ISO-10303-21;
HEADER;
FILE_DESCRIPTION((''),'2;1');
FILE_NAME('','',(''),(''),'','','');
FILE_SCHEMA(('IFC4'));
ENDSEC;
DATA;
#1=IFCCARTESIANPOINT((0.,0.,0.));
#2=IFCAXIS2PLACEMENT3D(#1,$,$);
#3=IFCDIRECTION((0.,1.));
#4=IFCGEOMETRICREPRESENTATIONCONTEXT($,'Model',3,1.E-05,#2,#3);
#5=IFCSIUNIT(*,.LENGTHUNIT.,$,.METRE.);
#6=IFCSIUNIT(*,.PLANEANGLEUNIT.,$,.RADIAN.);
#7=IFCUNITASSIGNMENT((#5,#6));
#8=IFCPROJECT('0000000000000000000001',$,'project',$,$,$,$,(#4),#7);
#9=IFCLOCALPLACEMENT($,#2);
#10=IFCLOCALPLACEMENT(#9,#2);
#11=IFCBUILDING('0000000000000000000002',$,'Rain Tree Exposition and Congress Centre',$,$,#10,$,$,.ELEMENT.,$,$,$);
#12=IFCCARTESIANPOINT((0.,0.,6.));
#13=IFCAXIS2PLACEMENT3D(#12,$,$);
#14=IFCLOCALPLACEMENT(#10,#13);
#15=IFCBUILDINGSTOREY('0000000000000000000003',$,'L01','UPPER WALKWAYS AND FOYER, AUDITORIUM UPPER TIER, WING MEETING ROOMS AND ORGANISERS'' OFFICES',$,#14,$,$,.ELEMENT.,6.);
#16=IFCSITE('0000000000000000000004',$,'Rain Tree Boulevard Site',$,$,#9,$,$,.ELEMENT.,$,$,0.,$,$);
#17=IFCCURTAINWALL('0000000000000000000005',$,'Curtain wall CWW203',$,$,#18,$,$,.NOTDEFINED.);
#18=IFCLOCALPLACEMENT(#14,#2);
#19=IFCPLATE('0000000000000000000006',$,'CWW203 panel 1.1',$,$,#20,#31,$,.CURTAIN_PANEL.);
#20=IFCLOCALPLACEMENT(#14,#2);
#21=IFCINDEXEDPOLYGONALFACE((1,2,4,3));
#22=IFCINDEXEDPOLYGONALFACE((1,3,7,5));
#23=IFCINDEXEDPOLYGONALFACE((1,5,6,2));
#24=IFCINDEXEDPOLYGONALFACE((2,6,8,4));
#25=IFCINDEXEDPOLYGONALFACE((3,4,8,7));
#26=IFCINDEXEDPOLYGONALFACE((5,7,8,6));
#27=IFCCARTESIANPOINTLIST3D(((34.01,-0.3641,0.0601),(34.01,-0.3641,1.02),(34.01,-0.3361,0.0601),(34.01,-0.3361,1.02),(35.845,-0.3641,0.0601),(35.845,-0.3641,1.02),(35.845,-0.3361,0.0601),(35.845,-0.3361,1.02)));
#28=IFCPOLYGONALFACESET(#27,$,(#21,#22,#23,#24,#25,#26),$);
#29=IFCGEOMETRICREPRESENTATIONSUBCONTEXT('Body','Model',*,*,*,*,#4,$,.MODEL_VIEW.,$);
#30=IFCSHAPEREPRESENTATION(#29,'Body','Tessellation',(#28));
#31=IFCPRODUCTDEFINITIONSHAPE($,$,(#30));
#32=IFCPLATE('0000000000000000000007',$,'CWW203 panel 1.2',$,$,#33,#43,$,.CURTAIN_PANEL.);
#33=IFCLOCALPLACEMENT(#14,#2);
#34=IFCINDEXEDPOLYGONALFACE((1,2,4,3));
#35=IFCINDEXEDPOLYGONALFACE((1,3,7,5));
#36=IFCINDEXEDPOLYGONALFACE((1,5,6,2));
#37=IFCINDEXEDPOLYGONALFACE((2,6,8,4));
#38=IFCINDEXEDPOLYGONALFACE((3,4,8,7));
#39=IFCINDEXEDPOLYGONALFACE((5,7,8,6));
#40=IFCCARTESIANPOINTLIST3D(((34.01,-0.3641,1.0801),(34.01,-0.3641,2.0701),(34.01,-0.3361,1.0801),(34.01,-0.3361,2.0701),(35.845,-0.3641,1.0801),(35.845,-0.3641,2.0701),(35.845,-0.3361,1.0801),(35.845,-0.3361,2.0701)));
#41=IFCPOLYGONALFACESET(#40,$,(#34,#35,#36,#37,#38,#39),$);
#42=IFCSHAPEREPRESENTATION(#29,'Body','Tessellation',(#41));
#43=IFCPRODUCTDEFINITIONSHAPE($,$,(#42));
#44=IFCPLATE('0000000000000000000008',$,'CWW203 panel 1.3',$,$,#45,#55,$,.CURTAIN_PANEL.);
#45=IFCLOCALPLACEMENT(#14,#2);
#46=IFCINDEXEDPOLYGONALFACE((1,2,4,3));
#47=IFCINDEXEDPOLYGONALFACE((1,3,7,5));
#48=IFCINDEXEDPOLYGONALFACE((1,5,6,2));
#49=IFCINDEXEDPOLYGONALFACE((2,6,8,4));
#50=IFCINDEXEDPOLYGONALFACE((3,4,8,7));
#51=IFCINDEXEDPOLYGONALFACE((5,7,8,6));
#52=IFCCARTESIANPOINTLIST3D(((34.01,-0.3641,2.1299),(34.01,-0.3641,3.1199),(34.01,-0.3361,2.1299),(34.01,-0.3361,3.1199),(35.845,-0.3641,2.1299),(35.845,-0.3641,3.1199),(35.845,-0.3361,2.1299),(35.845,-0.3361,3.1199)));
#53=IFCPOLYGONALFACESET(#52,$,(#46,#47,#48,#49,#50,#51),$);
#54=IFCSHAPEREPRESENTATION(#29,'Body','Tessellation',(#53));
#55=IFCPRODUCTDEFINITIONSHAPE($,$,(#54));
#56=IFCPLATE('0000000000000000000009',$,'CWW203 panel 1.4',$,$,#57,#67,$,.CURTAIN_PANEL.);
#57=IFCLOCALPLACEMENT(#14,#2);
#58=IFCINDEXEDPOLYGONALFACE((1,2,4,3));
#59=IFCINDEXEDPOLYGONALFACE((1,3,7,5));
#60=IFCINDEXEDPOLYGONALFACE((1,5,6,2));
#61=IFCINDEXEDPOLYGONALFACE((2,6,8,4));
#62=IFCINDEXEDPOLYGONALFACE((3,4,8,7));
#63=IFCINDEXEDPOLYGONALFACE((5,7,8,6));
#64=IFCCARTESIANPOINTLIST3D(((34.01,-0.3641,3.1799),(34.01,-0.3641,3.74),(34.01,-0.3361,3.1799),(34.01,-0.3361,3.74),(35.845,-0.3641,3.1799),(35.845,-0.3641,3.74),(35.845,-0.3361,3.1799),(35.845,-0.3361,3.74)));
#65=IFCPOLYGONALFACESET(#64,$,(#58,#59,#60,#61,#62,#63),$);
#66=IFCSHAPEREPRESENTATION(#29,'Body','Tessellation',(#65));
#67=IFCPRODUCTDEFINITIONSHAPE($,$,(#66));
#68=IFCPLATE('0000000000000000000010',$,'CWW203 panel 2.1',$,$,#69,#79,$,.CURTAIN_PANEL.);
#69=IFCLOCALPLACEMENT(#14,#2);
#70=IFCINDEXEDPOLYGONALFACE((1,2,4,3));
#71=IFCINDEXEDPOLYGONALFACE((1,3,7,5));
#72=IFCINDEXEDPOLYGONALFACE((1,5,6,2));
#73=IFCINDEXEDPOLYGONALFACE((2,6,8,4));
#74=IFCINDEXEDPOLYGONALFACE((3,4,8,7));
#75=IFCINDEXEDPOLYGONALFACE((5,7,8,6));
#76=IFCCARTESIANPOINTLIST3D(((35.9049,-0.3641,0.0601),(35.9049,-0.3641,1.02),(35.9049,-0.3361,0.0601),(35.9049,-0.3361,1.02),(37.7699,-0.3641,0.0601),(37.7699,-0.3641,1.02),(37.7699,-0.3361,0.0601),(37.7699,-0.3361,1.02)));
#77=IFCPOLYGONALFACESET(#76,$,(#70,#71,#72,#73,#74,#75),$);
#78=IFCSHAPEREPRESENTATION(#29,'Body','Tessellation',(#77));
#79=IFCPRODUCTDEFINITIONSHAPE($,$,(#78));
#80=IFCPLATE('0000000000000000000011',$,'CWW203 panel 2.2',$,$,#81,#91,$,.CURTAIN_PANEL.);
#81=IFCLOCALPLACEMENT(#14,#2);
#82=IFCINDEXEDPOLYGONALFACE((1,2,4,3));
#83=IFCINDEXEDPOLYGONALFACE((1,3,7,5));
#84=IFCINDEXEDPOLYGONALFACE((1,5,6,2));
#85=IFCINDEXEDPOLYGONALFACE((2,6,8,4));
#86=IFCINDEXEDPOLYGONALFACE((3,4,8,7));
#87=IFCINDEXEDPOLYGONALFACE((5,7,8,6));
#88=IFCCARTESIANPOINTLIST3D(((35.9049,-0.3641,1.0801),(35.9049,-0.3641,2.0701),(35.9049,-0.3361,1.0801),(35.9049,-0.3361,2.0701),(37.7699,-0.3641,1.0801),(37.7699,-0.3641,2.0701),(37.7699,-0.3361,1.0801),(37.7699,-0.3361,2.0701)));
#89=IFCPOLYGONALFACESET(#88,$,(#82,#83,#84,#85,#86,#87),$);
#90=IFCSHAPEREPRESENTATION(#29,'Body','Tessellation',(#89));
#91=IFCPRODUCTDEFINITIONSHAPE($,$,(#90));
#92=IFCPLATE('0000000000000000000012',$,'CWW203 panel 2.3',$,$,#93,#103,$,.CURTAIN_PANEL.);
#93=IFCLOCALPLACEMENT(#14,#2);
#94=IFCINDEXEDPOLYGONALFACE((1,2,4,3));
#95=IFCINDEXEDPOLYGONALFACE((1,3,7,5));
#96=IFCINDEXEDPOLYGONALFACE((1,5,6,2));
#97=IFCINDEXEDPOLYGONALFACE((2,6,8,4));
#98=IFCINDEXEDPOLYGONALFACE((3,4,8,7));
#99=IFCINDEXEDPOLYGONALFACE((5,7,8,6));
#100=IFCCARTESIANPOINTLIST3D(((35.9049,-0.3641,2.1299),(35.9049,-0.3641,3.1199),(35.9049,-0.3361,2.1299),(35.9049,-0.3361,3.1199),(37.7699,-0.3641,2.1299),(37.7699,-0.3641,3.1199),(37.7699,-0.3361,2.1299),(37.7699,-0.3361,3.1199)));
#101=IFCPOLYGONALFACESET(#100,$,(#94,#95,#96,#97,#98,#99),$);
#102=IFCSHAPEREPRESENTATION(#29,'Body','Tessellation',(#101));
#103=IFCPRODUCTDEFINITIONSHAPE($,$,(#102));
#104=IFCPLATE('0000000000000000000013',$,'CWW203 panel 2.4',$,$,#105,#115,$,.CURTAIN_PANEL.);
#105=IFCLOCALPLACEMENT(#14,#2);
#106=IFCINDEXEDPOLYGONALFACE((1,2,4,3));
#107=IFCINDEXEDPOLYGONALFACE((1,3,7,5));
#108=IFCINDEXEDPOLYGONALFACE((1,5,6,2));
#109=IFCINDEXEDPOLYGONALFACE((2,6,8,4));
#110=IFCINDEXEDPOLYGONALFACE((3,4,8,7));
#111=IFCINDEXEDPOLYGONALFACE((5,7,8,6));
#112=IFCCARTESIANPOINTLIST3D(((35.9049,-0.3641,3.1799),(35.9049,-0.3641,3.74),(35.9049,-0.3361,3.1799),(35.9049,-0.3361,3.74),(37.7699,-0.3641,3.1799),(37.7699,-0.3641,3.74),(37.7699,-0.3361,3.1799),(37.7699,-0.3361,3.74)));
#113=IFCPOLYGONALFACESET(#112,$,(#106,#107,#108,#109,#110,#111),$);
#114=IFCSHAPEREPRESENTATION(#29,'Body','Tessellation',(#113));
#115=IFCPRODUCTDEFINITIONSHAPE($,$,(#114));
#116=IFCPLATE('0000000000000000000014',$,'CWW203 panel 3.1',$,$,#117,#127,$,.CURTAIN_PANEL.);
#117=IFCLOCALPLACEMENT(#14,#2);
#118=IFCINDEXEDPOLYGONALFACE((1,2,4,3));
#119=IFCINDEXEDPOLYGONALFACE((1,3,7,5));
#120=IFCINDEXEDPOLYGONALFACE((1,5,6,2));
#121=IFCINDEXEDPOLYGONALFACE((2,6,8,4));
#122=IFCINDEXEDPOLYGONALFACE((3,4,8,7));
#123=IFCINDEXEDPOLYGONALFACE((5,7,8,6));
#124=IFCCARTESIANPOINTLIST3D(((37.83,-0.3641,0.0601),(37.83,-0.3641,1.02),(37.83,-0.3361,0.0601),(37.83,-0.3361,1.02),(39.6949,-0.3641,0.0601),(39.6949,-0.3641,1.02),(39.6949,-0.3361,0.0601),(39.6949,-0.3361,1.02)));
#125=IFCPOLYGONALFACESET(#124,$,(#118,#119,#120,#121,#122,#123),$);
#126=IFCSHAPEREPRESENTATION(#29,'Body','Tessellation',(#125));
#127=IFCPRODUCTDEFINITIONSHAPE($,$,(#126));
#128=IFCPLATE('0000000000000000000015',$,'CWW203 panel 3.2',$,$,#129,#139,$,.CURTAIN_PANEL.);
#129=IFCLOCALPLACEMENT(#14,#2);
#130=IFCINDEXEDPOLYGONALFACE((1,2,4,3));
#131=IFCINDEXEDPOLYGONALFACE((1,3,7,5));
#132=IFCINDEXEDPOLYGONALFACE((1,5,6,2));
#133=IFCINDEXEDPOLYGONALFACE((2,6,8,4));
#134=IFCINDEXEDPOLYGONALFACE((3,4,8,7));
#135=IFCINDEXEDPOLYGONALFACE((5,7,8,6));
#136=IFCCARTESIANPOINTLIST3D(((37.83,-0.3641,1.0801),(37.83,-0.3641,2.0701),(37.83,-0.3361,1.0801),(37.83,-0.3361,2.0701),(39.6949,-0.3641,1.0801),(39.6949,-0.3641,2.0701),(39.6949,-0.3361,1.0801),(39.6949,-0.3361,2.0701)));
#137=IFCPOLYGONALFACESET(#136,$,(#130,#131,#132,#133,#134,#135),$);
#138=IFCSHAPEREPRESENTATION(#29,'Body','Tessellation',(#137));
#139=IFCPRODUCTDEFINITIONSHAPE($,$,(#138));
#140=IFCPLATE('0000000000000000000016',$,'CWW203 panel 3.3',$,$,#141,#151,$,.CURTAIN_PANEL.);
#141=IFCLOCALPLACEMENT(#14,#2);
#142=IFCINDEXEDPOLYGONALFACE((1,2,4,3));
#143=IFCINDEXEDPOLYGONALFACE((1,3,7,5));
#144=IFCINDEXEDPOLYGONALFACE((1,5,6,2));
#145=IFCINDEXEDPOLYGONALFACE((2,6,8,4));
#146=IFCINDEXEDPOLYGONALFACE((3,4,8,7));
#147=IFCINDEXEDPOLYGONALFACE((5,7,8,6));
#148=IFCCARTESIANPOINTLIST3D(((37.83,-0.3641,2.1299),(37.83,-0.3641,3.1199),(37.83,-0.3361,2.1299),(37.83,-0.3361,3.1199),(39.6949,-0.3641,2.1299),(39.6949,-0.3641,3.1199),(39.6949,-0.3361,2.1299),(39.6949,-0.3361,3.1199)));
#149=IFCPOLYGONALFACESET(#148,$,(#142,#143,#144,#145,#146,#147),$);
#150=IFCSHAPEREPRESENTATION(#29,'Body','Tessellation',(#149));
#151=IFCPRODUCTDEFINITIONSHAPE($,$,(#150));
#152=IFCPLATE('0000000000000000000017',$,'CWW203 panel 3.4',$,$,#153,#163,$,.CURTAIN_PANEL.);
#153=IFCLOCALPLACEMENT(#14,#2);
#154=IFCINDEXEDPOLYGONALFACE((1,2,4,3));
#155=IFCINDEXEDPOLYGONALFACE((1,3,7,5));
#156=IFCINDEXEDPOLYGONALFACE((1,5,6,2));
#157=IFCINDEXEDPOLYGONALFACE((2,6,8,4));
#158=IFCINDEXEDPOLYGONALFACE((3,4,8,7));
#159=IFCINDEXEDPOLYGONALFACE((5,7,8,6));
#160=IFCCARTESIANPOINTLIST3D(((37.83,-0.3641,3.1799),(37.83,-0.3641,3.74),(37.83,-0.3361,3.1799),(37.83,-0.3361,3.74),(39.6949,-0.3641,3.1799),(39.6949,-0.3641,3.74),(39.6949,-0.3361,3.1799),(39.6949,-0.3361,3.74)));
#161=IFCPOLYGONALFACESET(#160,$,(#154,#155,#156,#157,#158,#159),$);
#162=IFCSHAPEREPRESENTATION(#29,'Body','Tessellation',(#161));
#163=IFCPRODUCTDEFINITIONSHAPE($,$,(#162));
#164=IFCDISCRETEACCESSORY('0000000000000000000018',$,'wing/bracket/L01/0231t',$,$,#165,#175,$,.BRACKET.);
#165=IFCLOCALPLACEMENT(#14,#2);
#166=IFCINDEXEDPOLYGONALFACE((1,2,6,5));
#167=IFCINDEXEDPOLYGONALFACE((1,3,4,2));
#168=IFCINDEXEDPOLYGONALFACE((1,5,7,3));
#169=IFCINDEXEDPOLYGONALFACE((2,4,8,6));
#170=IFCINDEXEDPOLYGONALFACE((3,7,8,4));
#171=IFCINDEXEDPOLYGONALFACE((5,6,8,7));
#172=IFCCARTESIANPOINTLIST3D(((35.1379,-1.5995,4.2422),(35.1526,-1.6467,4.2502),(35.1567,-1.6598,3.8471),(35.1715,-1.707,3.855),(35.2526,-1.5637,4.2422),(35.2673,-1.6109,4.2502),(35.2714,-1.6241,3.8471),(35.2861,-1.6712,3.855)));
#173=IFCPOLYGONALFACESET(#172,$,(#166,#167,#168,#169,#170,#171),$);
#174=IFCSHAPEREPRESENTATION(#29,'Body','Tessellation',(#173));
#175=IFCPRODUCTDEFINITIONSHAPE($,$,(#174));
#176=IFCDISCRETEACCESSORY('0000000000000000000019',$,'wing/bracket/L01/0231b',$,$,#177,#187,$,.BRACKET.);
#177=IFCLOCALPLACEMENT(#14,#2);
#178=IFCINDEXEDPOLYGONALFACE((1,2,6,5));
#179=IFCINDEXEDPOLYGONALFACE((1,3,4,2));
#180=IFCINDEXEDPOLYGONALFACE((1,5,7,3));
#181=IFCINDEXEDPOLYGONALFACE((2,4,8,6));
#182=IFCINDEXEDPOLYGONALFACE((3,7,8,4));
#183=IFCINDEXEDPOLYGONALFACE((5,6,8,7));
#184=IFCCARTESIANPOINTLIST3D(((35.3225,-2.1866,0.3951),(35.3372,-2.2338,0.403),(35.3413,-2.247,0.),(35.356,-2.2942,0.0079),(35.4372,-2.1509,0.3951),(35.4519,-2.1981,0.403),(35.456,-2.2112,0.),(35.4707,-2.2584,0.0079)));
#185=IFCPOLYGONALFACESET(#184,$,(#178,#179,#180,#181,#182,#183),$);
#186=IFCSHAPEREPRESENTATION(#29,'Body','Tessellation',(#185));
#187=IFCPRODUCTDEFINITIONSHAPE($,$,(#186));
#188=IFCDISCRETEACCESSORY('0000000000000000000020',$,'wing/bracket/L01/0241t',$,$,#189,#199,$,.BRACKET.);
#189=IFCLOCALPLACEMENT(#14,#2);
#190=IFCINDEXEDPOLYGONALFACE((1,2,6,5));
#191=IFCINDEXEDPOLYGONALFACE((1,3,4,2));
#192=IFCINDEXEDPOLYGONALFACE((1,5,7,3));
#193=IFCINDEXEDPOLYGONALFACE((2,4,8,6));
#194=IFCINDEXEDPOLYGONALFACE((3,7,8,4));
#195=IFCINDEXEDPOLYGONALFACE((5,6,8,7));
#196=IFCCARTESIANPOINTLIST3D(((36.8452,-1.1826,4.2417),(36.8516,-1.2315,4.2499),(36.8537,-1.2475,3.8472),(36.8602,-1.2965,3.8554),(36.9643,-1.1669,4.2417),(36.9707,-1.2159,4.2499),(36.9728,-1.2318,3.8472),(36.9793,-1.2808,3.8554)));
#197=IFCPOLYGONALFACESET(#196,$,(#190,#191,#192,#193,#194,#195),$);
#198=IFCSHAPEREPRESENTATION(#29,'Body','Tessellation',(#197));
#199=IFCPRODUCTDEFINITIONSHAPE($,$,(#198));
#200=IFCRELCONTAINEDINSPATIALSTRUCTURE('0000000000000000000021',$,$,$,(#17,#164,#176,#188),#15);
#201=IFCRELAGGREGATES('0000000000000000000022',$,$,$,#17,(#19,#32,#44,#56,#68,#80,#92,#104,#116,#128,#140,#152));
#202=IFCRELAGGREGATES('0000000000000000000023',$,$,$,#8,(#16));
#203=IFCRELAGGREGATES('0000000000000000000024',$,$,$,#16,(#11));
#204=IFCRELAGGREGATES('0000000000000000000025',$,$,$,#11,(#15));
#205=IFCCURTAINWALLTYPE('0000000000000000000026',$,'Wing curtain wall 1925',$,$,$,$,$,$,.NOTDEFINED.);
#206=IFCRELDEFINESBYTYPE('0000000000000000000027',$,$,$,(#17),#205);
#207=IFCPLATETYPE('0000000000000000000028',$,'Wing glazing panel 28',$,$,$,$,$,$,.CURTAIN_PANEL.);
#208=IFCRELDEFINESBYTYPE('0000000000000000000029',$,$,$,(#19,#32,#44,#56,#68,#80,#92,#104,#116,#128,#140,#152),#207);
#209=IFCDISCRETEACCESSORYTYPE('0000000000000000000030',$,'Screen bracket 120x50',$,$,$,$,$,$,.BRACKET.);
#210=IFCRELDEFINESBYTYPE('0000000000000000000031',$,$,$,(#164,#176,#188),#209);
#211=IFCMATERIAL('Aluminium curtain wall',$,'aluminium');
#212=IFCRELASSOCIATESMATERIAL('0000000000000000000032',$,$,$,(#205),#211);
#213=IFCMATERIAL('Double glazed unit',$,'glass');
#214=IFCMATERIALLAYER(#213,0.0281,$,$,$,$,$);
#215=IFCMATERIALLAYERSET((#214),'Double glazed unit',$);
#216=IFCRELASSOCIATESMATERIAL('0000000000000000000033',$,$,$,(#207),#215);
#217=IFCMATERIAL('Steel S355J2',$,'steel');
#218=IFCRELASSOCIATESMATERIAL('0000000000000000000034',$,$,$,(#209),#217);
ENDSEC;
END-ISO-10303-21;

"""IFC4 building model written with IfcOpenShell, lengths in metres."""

from ifc_helpers import new_model, si_unit, direction, frame, origin, origin_2d, place, context, subcontext, project, spatial, rectangle, extrude, material, layer, layer_set, material_profile, profile_set, type_object, element, aggregate, save


model = new_model("IFC4")

# Units and contexts
model_context = context("Model", 3, precision=1e-05, world=origin(), true_north=direction((0.0, 1.0)))
body_context = subcontext(model_context, "Body", "Model", "MODEL_VIEW")
ifc_project = project(units=[si_unit("LENGTHUNIT", "METRE"), si_unit("PLANEANGLEUNIT", "RADIAN")], contexts=[model_context])

# Site, building, storey
site_placement = place(None, origin())
site = spatial("IfcSite", under=ifc_project, at=site_placement, Name="Rain Tree Boulevard Site", CompositionType="ELEMENT", RefElevation=0.0)
building_placement = place(site_placement, origin())
building = spatial("IfcBuilding", under=site, at=building_placement, Name="Rain Tree Exposition and Congress Centre", CompositionType="ELEMENT")
storey_placement = place(building_placement, frame((0.0, 0.0, 6.0)))
storey = spatial("IfcBuildingStorey", under=building, at=storey_placement, Name="L01", Description="UPPER WALKWAYS AND FOYER, AUDITORIUM UPPER TIER, WING MEETING ROOMS AND ORGANISERS' OFFICES", CompositionType="ELEMENT", Elevation=6.0)

# Curtain wall, plates
ifc_material_1 = material(Name="Aluminium curtain wall", Category="aluminium")
curtain_wall_type = type_object("IfcCurtainWallType", Name="Wing curtain wall 1925", PredefinedType="NOTDEFINED", material=ifc_material_1)
curtain_wall_placement = place(storey_placement, origin())
curtain_wall = element("IfcCurtainWall", 1, at=curtain_wall_placement, inside=storey, type_object=curtain_wall_type, Name="Curtain wall CWW203", PredefinedType="NOTDEFINED")
ifc_material_2 = material(Name="Double glazed unit", Category="glass")
ifc_layer_1 = layer(ifc_material_2, 0.0281)
ifc_layer_set_1 = layer_set([ifc_layer_1], Name="Double glazed unit")
plate_type = type_object("IfcPlateType", Name="Wing glazing panel 28", PredefinedType="CURTAIN_PANEL", material=ifc_layer_set_1)
plate_1_placement = place(storey_placement, frame((34.9275, -0.3501, 0.0601), z_axis=(0.0, 0.0, 1.0), x_axis=(1.0, 0.0, 0.0)))
plate_1 = element("IfcPlate", 2, at=plate_1_placement, type_object=plate_type, Name="CWW203 panel 1.1", PredefinedType="CURTAIN_PANEL", context=body_context, shape_type="SweptSolid", body=[
    extrude(rectangle(XDim=1.835, YDim=0.0281, at=origin_2d()), origin(), (0.0, 0.0, 1.0), 0.96),
])
plate_2_placement = place(storey_placement, frame((34.9275, -0.3501, 1.0801), z_axis=(0.0, 0.0, 1.0), x_axis=(1.0, 0.0, 0.0)))
plate_2 = element("IfcPlate", 3, at=plate_2_placement, type_object=plate_type, Name="CWW203 panel 1.2", PredefinedType="CURTAIN_PANEL", context=body_context, shape_type="SweptSolid", body=[
    extrude(rectangle(XDim=1.835, YDim=0.0281, at=origin_2d()), origin(), (0.0, 0.0, 1.0), 0.99),
])
plate_3_placement = place(storey_placement, frame((34.9275, -0.3501, 2.1299), z_axis=(0.0, 0.0, 1.0), x_axis=(1.0, 0.0, 0.0)))
plate_3 = element("IfcPlate", 4, at=plate_3_placement, type_object=plate_type, Name="CWW203 panel 1.3", PredefinedType="CURTAIN_PANEL", context=body_context, shape_type="SweptSolid", body=[
    extrude(rectangle(XDim=1.835, YDim=0.0281, at=origin_2d()), origin(), (0.0, 0.0, 1.0), 0.99),
])
plate_4_placement = place(storey_placement, frame((34.9275, -0.3501, 3.1799), z_axis=(0.0, 0.0, 1.0), x_axis=(1.0, 0.0, 0.0)))
plate_4 = element("IfcPlate", 5, at=plate_4_placement, type_object=plate_type, Name="CWW203 panel 1.4", PredefinedType="CURTAIN_PANEL", context=body_context, shape_type="SweptSolid", body=[
    extrude(rectangle(XDim=1.835, YDim=0.0281, at=origin_2d()), origin(), (0.0, 0.0, 1.0), 0.5601),
])
plate_5_placement = place(storey_placement, frame((36.8374, -0.3501, 0.0601), z_axis=(0.0, 0.0, 1.0), x_axis=(1.0, 0.0, 0.0)))
plate_5 = element("IfcPlate", 6, at=plate_5_placement, type_object=plate_type, Name="CWW203 panel 2.1", PredefinedType="CURTAIN_PANEL", context=body_context, shape_type="SweptSolid", body=[
    extrude(rectangle(XDim=1.865, YDim=0.0281, at=origin_2d()), origin(), (0.0, 0.0, 1.0), 0.96),
])
plate_6_placement = place(storey_placement, frame((36.8374, -0.3501, 1.0801), z_axis=(0.0, 0.0, 1.0), x_axis=(1.0, 0.0, 0.0)))
plate_6 = element("IfcPlate", 7, at=plate_6_placement, type_object=plate_type, Name="CWW203 panel 2.2", PredefinedType="CURTAIN_PANEL", context=body_context, shape_type="SweptSolid", body=[
    extrude(rectangle(XDim=1.865, YDim=0.0281, at=origin_2d()), origin(), (0.0, 0.0, 1.0), 0.99),
])
plate_7_placement = place(storey_placement, frame((36.8374, -0.3501, 2.1299), z_axis=(0.0, 0.0, 1.0), x_axis=(1.0, 0.0, 0.0)))
plate_7 = element("IfcPlate", 8, at=plate_7_placement, type_object=plate_type, Name="CWW203 panel 2.3", PredefinedType="CURTAIN_PANEL", context=body_context, shape_type="SweptSolid", body=[
    extrude(rectangle(XDim=1.865, YDim=0.0281, at=origin_2d()), origin(), (0.0, 0.0, 1.0), 0.99),
])
plate_8_placement = place(storey_placement, frame((36.8374, -0.3501, 3.1799), z_axis=(0.0, 0.0, 1.0), x_axis=(1.0, 0.0, 0.0)))
plate_8 = element("IfcPlate", 9, at=plate_8_placement, type_object=plate_type, Name="CWW203 panel 2.4", PredefinedType="CURTAIN_PANEL", context=body_context, shape_type="SweptSolid", body=[
    extrude(rectangle(XDim=1.865, YDim=0.0281, at=origin_2d()), origin(), (0.0, 0.0, 1.0), 0.5601),
])
plate_9_placement = place(storey_placement, frame((38.7625, -0.3501, 0.0601), z_axis=(0.0, 0.0, 1.0), x_axis=(1.0, 0.0, 0.0)))
plate_9 = element("IfcPlate", 10, at=plate_9_placement, type_object=plate_type, Name="CWW203 panel 3.1", PredefinedType="CURTAIN_PANEL", context=body_context, shape_type="SweptSolid", body=[
    extrude(rectangle(XDim=1.865, YDim=0.0281, at=origin_2d()), origin(), (0.0, 0.0, 1.0), 0.96),
])
plate_10_placement = place(storey_placement, frame((38.7625, -0.3501, 1.0801), z_axis=(0.0, 0.0, 1.0), x_axis=(1.0, 0.0, 0.0)))
plate_10 = element("IfcPlate", 11, at=plate_10_placement, type_object=plate_type, Name="CWW203 panel 3.2", PredefinedType="CURTAIN_PANEL", context=body_context, shape_type="SweptSolid", body=[
    extrude(rectangle(XDim=1.865, YDim=0.0281, at=origin_2d()), origin(), (0.0, 0.0, 1.0), 0.99),
])
plate_11_placement = place(storey_placement, frame((38.7625, -0.3501, 2.1299), z_axis=(0.0, 0.0, 1.0), x_axis=(1.0, 0.0, 0.0)))
plate_11 = element("IfcPlate", 12, at=plate_11_placement, type_object=plate_type, Name="CWW203 panel 3.3", PredefinedType="CURTAIN_PANEL", context=body_context, shape_type="SweptSolid", body=[
    extrude(rectangle(XDim=1.865, YDim=0.0281, at=origin_2d()), origin(), (0.0, 0.0, 1.0), 0.99),
])
plate_12_placement = place(storey_placement, frame((38.7625, -0.3501, 3.1799), z_axis=(0.0, 0.0, 1.0), x_axis=(1.0, 0.0, 0.0)))
plate_12 = element("IfcPlate", 13, at=plate_12_placement, type_object=plate_type, Name="CWW203 panel 3.4", PredefinedType="CURTAIN_PANEL", context=body_context, shape_type="SweptSolid", body=[
    extrude(rectangle(XDim=1.865, YDim=0.0281, at=origin_2d()), origin(), (0.0, 0.0, 1.0), 0.5601),
])
aggregate(curtain_wall, [plate_1, plate_2, plate_3, plate_4, plate_5, plate_6, plate_7, plate_8, plate_9, plate_10, plate_11, plate_12])

# Discrete accessories
ifc_material_3 = material(Name="Steel S355J2", Category="steel")
ifc_material_profile_1 = material_profile(ifc_material_3, rectangle(XDim=0.1201, YDim=0.05, at=origin_2d()), Name="Flat bar 120x50")
ifc_profile_set_1 = profile_set([ifc_material_profile_1], Name="Steel S355J2")
discrete_accessory_type = type_object("IfcDiscreteAccessoryType", Name="Screen bracket 120x50", PredefinedType="BRACKET", material=ifc_profile_set_1)
for number, where, z_axis, x_axis, name in (
    (14, (35.2214, -1.6655, 3.8511), (-0.046993, 0.150743, 0.987456), (-0.954686, -0.297615, 0.0), "wing/bracket/L01/0231t"),
    (15, (35.406, -2.2527, 0.0039), (-0.046993, 0.150743, 0.987456), (-0.954686, -0.297615, 0.0), "wing/bracket/L01/0231b"),
):
    element("IfcDiscreteAccessory", number, at=place(storey_placement, frame(where, z_axis=z_axis, x_axis=x_axis)), inside=storey, type_object=discrete_accessory_type, Name=name, PredefinedType="BRACKET", context=body_context, shape_type="SweptSolid", body=[
        extrude(rectangle(XDim=0.1201, YDim=0.05, at=origin_2d()), origin(), (0.0, 0.0, 1.0), 0.4001),
    ])
for number, where, z_axis, x_axis, name in (
    (16, (36.9165, -1.2642, 3.8513), (-0.021366, 0.162381, 0.986497), (-0.991454, -0.130455, 0.0), "wing/bracket/L01/0241t"),
):
    element("IfcDiscreteAccessory", number, at=place(storey_placement, frame(where, z_axis=z_axis, x_axis=x_axis)), inside=storey, type_object=discrete_accessory_type, Name=name, PredefinedType="BRACKET", context=body_context, shape_type="SweptSolid", body=[
        extrude(rectangle(XDim=0.1201, YDim=0.05, at=origin_2d()), origin(), (0.0, 0.0, 1.0), 0.3999),
    ])

save(model, "model.ifc")
